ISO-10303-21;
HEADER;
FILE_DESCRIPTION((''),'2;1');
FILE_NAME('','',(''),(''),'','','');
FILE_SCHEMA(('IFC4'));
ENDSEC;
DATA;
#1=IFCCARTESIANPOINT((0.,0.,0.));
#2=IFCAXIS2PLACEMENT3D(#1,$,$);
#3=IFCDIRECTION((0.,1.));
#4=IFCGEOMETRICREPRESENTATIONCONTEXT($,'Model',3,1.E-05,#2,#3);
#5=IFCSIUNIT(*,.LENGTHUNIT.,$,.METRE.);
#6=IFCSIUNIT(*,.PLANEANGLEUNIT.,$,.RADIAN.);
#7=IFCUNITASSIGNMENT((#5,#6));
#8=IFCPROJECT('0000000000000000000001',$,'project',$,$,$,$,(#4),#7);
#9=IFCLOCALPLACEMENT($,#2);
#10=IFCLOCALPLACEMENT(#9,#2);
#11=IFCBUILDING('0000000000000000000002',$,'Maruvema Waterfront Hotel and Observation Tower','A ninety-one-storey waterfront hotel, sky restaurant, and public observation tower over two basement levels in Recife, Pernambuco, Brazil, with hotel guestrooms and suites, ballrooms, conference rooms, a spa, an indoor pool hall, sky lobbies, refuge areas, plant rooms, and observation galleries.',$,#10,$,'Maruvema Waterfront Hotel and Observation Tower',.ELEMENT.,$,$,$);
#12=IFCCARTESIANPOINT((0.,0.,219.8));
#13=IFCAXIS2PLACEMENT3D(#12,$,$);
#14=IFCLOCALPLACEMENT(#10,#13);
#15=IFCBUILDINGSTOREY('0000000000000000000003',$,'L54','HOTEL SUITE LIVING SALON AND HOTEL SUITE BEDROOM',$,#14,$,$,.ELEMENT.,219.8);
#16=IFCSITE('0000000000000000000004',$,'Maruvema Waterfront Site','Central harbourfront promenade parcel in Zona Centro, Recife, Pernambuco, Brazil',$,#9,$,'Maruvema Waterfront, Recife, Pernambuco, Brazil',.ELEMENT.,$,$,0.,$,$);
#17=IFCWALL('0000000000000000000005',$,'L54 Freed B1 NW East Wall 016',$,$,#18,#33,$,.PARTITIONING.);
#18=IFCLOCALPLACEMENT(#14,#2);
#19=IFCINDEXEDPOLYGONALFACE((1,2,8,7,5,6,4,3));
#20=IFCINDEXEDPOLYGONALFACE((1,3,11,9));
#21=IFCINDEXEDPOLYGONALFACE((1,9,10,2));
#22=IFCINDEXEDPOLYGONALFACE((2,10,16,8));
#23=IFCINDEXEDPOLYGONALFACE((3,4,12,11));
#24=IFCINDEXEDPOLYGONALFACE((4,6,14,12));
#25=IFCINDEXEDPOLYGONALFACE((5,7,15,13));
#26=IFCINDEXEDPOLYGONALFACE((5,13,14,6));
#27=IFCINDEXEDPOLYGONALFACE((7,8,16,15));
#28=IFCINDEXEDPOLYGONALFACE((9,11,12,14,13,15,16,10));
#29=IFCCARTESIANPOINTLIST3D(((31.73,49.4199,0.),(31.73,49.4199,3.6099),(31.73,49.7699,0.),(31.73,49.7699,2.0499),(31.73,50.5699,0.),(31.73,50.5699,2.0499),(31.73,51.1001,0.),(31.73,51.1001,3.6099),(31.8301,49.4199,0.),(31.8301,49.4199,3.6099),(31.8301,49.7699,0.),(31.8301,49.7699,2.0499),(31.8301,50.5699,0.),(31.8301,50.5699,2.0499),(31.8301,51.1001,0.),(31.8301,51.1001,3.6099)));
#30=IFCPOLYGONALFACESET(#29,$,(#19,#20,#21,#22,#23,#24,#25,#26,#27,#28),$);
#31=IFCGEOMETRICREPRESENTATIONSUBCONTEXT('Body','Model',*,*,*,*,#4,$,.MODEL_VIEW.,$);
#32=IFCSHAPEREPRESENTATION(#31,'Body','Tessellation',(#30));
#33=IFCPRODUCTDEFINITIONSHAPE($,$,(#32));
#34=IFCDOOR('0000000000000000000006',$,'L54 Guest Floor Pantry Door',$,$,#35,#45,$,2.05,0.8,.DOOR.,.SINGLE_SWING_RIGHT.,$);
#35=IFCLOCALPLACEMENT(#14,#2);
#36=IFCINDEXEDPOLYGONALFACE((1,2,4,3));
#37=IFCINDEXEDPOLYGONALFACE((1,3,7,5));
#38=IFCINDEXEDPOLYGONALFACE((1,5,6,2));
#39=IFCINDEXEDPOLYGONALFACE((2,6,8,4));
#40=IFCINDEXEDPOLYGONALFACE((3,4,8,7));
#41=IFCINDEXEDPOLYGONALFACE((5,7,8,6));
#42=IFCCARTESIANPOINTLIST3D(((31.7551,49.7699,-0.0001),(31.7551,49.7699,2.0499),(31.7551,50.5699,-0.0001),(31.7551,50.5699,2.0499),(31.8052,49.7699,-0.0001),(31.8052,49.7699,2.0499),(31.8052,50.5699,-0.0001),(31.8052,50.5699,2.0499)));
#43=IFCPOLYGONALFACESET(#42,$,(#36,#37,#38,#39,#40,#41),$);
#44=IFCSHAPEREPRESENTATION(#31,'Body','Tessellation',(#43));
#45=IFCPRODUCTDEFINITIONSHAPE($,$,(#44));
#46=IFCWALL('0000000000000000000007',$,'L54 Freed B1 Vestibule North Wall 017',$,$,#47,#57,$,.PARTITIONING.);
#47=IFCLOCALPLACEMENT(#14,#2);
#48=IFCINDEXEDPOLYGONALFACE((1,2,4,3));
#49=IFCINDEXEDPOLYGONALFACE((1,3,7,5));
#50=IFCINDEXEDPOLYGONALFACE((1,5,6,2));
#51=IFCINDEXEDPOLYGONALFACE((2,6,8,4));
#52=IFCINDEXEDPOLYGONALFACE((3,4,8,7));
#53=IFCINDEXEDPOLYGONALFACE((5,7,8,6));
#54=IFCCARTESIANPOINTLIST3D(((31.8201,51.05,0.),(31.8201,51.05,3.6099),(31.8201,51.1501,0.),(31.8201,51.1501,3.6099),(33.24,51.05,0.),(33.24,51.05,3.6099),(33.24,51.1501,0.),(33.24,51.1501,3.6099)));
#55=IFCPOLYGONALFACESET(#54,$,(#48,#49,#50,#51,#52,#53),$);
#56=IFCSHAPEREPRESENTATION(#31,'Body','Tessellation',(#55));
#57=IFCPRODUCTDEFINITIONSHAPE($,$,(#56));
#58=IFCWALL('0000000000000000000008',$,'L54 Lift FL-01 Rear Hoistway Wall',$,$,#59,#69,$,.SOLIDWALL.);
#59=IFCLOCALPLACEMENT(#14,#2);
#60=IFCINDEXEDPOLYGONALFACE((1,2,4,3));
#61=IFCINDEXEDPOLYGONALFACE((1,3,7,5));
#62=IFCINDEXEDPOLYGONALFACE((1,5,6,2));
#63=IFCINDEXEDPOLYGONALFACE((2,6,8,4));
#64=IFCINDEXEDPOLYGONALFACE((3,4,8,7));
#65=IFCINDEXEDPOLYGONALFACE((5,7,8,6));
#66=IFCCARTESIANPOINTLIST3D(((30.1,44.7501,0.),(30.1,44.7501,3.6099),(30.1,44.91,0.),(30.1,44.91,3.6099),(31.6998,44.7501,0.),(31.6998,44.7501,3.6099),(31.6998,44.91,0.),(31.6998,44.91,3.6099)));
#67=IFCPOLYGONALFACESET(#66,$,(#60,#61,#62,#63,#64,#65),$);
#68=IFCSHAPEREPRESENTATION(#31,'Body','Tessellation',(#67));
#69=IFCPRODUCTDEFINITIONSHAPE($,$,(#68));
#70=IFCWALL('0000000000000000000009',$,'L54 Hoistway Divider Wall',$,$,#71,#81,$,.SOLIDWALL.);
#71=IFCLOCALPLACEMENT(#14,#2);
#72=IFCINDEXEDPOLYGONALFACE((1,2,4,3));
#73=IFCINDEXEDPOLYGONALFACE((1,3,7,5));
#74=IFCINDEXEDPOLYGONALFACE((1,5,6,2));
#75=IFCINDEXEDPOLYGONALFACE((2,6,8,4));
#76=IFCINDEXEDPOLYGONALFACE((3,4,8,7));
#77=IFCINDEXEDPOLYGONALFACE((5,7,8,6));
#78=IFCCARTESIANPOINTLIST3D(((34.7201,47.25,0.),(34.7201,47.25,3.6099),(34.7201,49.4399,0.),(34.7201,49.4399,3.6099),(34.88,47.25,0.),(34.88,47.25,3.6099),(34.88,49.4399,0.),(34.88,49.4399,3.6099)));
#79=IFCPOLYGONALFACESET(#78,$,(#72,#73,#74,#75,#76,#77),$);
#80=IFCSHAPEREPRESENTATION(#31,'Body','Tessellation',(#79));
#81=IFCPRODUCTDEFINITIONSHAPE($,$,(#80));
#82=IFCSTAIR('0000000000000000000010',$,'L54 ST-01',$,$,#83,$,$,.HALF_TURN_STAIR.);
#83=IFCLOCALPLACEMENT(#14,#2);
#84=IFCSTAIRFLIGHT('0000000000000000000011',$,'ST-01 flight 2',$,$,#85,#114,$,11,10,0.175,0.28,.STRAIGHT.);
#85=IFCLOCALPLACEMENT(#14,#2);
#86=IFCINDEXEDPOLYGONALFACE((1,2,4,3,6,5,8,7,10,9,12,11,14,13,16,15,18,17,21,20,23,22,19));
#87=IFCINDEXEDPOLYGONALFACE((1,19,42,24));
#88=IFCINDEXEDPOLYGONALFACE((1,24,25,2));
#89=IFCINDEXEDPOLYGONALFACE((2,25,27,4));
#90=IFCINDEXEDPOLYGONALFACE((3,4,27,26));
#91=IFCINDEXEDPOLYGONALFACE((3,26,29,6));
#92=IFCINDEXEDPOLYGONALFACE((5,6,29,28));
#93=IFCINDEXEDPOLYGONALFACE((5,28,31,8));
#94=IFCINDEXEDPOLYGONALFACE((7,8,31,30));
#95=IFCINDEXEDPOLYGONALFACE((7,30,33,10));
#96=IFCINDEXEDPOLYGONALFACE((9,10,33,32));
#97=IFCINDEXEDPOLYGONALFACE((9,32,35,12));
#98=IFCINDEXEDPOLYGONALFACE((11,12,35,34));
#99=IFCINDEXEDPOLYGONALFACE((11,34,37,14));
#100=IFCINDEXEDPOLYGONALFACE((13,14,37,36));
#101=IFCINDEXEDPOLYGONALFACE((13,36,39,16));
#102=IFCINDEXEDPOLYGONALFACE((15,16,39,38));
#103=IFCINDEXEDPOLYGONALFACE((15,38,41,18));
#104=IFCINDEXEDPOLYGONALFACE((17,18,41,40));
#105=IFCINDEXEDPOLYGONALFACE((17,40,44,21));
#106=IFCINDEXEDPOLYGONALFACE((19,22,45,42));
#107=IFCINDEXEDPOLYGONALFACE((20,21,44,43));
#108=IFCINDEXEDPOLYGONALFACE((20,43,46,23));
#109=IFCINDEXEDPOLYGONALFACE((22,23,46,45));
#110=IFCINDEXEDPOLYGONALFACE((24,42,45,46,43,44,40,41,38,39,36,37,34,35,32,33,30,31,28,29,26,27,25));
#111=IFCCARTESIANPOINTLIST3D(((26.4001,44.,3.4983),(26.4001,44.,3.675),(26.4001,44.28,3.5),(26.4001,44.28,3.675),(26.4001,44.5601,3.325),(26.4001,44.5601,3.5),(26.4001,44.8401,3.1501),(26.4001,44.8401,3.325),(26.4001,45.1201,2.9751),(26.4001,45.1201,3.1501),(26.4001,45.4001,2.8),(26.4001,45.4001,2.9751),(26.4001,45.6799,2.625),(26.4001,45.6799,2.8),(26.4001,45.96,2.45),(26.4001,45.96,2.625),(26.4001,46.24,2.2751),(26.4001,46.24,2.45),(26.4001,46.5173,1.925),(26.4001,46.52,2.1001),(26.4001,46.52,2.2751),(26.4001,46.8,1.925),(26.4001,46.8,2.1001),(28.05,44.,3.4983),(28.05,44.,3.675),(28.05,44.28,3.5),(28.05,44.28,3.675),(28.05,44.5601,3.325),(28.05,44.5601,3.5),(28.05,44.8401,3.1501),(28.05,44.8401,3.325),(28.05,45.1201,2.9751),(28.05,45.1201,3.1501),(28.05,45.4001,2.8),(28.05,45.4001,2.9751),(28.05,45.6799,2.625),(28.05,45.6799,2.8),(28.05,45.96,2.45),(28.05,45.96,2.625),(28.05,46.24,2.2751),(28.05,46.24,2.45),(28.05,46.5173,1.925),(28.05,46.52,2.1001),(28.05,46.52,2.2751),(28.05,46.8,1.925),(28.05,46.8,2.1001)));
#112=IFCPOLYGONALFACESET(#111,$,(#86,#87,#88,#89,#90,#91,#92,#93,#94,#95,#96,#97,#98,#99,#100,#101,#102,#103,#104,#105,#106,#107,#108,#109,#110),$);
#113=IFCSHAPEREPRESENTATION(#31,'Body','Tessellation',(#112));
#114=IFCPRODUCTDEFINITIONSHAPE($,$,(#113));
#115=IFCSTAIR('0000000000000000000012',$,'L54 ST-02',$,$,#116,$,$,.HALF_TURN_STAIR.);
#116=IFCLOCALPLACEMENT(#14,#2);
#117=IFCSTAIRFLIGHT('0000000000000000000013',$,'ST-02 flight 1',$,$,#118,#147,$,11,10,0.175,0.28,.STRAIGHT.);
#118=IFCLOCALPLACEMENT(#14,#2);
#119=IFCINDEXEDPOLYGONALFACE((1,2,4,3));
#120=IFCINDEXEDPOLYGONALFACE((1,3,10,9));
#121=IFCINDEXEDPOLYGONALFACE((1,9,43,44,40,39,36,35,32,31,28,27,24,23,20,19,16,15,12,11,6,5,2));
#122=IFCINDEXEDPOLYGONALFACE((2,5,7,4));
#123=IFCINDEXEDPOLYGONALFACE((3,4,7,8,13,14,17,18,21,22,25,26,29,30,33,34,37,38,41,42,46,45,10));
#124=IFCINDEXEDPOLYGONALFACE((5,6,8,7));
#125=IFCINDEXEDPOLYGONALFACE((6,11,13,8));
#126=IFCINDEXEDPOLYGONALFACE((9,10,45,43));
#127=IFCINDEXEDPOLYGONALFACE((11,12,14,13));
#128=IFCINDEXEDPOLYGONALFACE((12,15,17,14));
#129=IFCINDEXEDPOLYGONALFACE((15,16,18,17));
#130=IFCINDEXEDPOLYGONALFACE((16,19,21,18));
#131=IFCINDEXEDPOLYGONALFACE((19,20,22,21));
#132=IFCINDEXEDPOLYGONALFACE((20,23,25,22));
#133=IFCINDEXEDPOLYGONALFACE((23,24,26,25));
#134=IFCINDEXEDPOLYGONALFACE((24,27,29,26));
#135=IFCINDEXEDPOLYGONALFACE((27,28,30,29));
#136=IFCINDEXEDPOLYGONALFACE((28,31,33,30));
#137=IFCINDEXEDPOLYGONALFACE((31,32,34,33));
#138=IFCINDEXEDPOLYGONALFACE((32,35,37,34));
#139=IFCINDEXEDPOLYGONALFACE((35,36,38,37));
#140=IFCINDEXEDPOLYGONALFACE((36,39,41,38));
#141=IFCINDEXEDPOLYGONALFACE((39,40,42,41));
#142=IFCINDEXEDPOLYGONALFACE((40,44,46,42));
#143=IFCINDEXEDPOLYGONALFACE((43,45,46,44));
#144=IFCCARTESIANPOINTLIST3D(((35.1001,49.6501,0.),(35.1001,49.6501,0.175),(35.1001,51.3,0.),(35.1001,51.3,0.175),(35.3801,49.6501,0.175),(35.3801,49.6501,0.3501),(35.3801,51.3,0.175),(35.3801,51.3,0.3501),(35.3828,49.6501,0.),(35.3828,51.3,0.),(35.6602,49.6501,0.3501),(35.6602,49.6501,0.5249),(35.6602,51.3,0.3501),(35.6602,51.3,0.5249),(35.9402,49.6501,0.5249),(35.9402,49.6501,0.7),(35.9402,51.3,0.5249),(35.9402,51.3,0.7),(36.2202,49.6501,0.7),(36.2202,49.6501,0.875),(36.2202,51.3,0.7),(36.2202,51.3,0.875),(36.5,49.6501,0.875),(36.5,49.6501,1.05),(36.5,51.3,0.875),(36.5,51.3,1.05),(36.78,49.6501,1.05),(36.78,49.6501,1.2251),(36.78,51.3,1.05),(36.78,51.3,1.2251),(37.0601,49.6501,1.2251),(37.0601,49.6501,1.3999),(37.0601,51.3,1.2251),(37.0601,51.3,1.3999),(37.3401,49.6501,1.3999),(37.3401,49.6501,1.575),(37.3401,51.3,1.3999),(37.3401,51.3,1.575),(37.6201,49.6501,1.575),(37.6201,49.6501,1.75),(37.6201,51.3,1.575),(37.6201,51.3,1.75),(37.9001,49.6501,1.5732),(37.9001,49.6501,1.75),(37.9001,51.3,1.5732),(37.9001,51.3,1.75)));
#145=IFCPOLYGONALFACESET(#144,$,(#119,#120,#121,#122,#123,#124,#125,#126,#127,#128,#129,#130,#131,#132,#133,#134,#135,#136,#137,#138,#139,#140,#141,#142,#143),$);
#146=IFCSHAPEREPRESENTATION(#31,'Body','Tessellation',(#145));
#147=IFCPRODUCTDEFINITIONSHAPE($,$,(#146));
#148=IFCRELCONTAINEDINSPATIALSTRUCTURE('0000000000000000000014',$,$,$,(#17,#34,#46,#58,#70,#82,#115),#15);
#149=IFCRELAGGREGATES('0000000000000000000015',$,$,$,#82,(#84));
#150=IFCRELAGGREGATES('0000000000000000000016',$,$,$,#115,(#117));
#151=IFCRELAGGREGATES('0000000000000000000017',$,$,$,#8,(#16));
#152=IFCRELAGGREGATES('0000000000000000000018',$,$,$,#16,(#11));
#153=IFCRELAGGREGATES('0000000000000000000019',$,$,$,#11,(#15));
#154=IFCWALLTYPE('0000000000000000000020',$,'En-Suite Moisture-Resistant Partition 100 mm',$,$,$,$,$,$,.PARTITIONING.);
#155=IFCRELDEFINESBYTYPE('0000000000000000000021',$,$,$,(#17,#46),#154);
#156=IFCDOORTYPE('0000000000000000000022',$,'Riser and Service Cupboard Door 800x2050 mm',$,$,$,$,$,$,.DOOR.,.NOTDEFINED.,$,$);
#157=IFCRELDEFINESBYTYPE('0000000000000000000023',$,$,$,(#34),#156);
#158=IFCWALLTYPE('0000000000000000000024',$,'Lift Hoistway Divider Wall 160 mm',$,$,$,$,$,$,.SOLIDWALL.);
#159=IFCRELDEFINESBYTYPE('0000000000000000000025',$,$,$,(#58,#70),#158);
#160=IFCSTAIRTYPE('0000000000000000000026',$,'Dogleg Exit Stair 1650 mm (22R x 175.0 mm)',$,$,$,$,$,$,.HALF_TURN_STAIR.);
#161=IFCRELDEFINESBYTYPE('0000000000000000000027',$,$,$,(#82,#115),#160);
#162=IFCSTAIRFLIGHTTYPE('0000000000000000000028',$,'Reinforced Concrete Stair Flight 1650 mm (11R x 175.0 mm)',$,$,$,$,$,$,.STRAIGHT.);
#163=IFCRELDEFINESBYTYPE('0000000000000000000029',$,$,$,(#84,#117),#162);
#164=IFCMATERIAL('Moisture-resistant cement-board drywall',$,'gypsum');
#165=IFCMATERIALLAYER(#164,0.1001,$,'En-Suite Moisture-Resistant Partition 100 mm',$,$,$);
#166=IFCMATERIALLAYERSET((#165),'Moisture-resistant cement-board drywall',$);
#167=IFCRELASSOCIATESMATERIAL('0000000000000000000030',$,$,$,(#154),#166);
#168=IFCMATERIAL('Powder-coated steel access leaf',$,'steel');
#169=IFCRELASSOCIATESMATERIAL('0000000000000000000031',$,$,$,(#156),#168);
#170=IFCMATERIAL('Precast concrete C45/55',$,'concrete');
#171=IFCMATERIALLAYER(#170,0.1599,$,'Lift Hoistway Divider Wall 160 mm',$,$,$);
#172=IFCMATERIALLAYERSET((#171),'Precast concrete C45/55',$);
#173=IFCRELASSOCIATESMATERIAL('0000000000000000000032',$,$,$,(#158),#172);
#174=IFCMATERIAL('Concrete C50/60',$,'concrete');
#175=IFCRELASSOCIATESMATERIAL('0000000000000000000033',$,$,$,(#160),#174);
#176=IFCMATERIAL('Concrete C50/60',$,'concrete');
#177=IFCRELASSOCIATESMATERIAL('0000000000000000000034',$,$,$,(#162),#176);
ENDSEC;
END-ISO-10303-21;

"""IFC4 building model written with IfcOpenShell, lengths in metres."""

from ifc_helpers import new_model, si_unit, direction, frame, frame_2d, origin, place, context, subcontext, project, spatial, polyline, rectangle, outline, extrude, material, layer, layer_set, type_object, element, fill, aggregate, save


model = new_model("IFC4")

# Units and contexts
model_context = context("Model", 3, precision=1e-05, world=origin(), true_north=direction((0.0, 1.0)))
body_context = subcontext(model_context, "Body", "Model", "MODEL_VIEW")
ifc_project = project(units=[si_unit("LENGTHUNIT", "METRE"), si_unit("PLANEANGLEUNIT", "RADIAN")], contexts=[model_context])

# Site, building, storey
site_placement = place(None, origin())
site = spatial("IfcSite", under=ifc_project, at=site_placement, Name="Maruvema Waterfront Site", Description="Central harbourfront promenade parcel in Zona Centro, Recife, Pernambuco, Brazil", LongName="Maruvema Waterfront, Recife, Pernambuco, Brazil", CompositionType="ELEMENT", RefElevation=0.0)
building_placement = place(site_placement, origin())
building = spatial("IfcBuilding", under=site, at=building_placement, Name="Maruvema Waterfront Hotel and Observation Tower", Description="A ninety-one-storey waterfront hotel, sky restaurant, and public observation tower over two basement levels in Recife, Pernambuco, Brazil, with hotel guestrooms and suites, ballrooms, conference rooms, a spa, an indoor pool hall, sky lobbies, refuge areas, plant rooms, and observation galleries.", LongName="Maruvema Waterfront Hotel and Observation Tower", CompositionType="ELEMENT")
storey_placement = place(building_placement, frame((0.0, 0.0, 219.8)))
storey = spatial("IfcBuildingStorey", under=building, at=storey_placement, Name="L54", Description="HOTEL SUITE LIVING SALON AND HOTEL SUITE BEDROOM", CompositionType="ELEMENT", Elevation=219.8)

# Shared definitions
ifc_material_1 = material(Name="Moisture-resistant cement-board drywall", Category="gypsum")
ifc_layer_1 = layer(ifc_material_1, 0.1001, Name="En-Suite Moisture-Resistant Partition 100 mm")
ifc_layer_set_1 = layer_set([ifc_layer_1], Name="Moisture-resistant cement-board drywall")
wall_type_1 = type_object("IfcWallType", Name="En-Suite Moisture-Resistant Partition 100 mm", PredefinedType="PARTITIONING", material=ifc_layer_set_1)

# Wall, opening, door
ifc_material_2 = material(Name="Powder-coated steel access leaf", Category="steel")
door_type_1 = type_object("IfcDoorType", Name="Riser and Service Cupboard Door 800x2050 mm", OperationType="NOTDEFINED", PredefinedType="DOOR", material=ifc_material_2)
wall_1_placement = place(storey_placement, frame((31.78, 49.4199, 0.0), z_axis=(0.0, 0.0, 1.0), x_axis=(0.0, 1.0, 0.0)))
wall_1 = element("IfcWall", 1, at=wall_1_placement, inside=storey, type_object=wall_type_1, Name="L54 Freed B1 NW East Wall 016", PredefinedType="PARTITIONING", context=body_context, shape_type="SweptSolid", body=[
    extrude(rectangle(XDim=1.6802, YDim=0.1001, at=frame_2d((0.8401, 0.0))), origin(), (0.0, 0.0, 1.0), 3.6099),
])
opening_1_placement = place(wall_1_placement, frame((0.3501, 0.0, 0.0)))
opening_1 = element("IfcOpeningElement", 2, at=opening_1_placement, cuts=wall_1, PredefinedType="OPENING", context=body_context, shape_type="SweptSolid", body=[
    extrude(rectangle(XDim=0.8, YDim=2.05, at=frame_2d((0.3999, 1.0249))), frame((0.0, 0.0601, 0.0), z_axis=(0.0, -1.0, 0.0), x_axis=(1.0, 0.0, 0.0)), (0.0, 0.0, 1.0), 0.1201),
])
door_1_placement = place(opening_1_placement, origin())
door_1 = element("IfcDoor", 3, at=door_1_placement, inside=storey, type_object=door_type_1, Name="L54 Guest Floor Pantry Door", OperationType="SINGLE_SWING_RIGHT", OverallHeight=2.05, OverallWidth=0.8, PredefinedType="DOOR", context=body_context, shape_type="SweptSolid", body=[
    extrude(rectangle(XDim=0.8, YDim=2.05, at=frame_2d((0.3999, 1.0249))), frame((0.0, 0.0249, 0.0), z_axis=(0.0, -1.0, 0.0), x_axis=(1.0, 0.0, 0.0)), (0.0, 0.0, 1.0), 0.05),
])
fill(opening_1, door_1)

# Walls
wall_2_placement = place(storey_placement, frame((31.8201, 51.1001, 0.0), z_axis=(0.0, 0.0, 1.0), x_axis=(1.0, 0.0, 0.0)))
element("IfcWall", 4, at=wall_2_placement, inside=storey, type_object=wall_type_1, Name="L54 Freed B1 Vestibule North Wall 017", PredefinedType="PARTITIONING", context=body_context, shape_type="SweptSolid", body=[
    extrude(rectangle(XDim=1.4199, YDim=0.1001, at=frame_2d((0.71, 0.0))), origin(), (0.0, 0.0, 1.0), 3.6099),
])
ifc_material_3 = material(Name="Precast concrete C45/55", Category="concrete")
ifc_layer_2 = layer(ifc_material_3, 0.1599, Name="Lift Hoistway Divider Wall 160 mm")
ifc_layer_set_2 = layer_set([ifc_layer_2], Name="Precast concrete C45/55")
wall_type_2 = type_object("IfcWallType", Name="Lift Hoistway Divider Wall 160 mm", PredefinedType="SOLIDWALL", material=ifc_layer_set_2)
wall_3_placement = place(storey_placement, frame((30.1001, 44.8301, 0.0), z_axis=(0.0, 0.0, 1.0), x_axis=(1.0, 0.0, 0.0)))
element("IfcWall", 5, at=wall_3_placement, inside=storey, type_object=wall_type_2, Name="L54 Lift FL-01 Rear Hoistway Wall", PredefinedType="SOLIDWALL", context=body_context, shape_type="SweptSolid", body=[
    extrude(rectangle(XDim=1.5999, YDim=0.1599, at=frame_2d((0.7998, 0.0))), origin(), (0.0, 0.0, 1.0), 3.6099),
])
wall_4_placement = place(storey_placement, frame((34.8, 47.25, 0.0), z_axis=(0.0, 0.0, 1.0), x_axis=(0.0, 1.0, 0.0)))
element("IfcWall", 6, at=wall_4_placement, inside=storey, type_object=wall_type_2, Name="L54 Hoistway Divider Wall", PredefinedType="SOLIDWALL", context=body_context, shape_type="SweptSolid", body=[
    extrude(rectangle(XDim=2.1899, YDim=0.1599, at=frame_2d((1.095, 0.0))), origin(), (0.0, 0.0, 1.0), 3.6099),
])

# Stairs, stair flights
ifc_material_4 = material(Name="Concrete C50/60", Category="concrete")
stair_type = type_object("IfcStairType", Name="Dogleg Exit Stair 1650 mm (22R x 175.0 mm)", PredefinedType="HALF_TURN_STAIR", material=ifc_material_4)
stair_1_placement = place(storey_placement, origin())
stair_1 = element("IfcStair", 7, at=stair_1_placement, inside=storey, type_object=stair_type, Name="L54 ST-01", PredefinedType="HALF_TURN_STAIR")
ifc_material_5 = material(Name="Concrete C50/60", Category="concrete")
stair_flight_type = type_object("IfcStairFlightType", Name="Reinforced Concrete Stair Flight 1650 mm (11R x 175.0 mm)", PredefinedType="STRAIGHT", material=ifc_material_5)
stair_flight_1_placement = place(storey_placement, frame((27.2251, 46.8, 1.925), z_axis=(0.0, 0.0, 1.0), x_axis=(0.0, -1.0, 0.0)))
stair_flight_1 = element("IfcStairFlight", 8, at=stair_flight_1_placement, type_object=stair_flight_type, Name="ST-01 flight 2", NumberOfRisers=11, NumberOfTreads=10, PredefinedType="STRAIGHT", RiserHeight=0.175, TreadLength=0.28, context=body_context, shape_type="SweptSolid", body=[
    extrude(outline(polyline([(0.0, 0.0), (0.0, 0.175), (0.28, 0.175), (0.28, 0.3501), (0.5601, 0.3501), (0.5601, 0.5249), (0.8401, 0.5249), (0.8401, 0.7), (1.1201, 0.7), (1.1201, 0.875), (1.3999, 0.875), (1.3999, 1.05), (1.6799, 1.05), (1.6799, 1.2251), (1.96, 1.2251), (1.96, 1.3999), (2.24, 1.3999), (2.24, 1.575), (2.52, 1.575), (2.52, 1.75), (2.8, 1.75), (2.8, 1.925), (2.8, 1.5732), (0.2827, 0.0), (0.0, 0.0)])), frame((0.0, 0.825, 0.0), z_axis=(0.0, -1.0, 0.0), x_axis=(1.0, 0.0, 0.0)), (0.0, 0.0, 1.0), 1.6499),
])
aggregate(stair_1, [stair_flight_1])
stair_2_placement = place(storey_placement, origin())
stair_2 = element("IfcStair", 9, at=stair_2_placement, inside=storey, type_object=stair_type, Name="L54 ST-02", PredefinedType="HALF_TURN_STAIR")
stair_flight_2_placement = place(storey_placement, frame((35.1001, 50.4751, 0.0), z_axis=(0.0, 0.0, 1.0), x_axis=(1.0, 0.0, 0.0)))
stair_flight_2 = element("IfcStairFlight", 10, at=stair_flight_2_placement, type_object=stair_flight_type, Name="ST-02 flight 1", NumberOfRisers=11, NumberOfTreads=10, PredefinedType="STRAIGHT", RiserHeight=0.175, TreadLength=0.28, context=body_context, shape_type="SweptSolid", body=[
    extrude(outline(polyline([(0.0, 0.0), (0.0, 0.175), (0.28, 0.175), (0.28, 0.3501), (0.5601, 0.3501), (0.5601, 0.5249), (0.8401, 0.5249), (0.8401, 0.7), (1.1201, 0.7), (1.1201, 0.875), (1.3999, 0.875), (1.3999, 1.05), (1.6799, 1.05), (1.6799, 1.2251), (1.96, 1.2251), (1.96, 1.3999), (2.24, 1.3999), (2.24, 1.575), (2.52, 1.575), (2.52, 1.75), (2.8, 1.75), (2.8, 1.925), (2.8, 1.5732), (0.2827, 0.0), (0.0, 0.0)])), frame((0.0, 0.825, 0.0), z_axis=(0.0, -1.0, 0.0), x_axis=(1.0, 0.0, 0.0)), (0.0, 0.0, 1.0), 1.6499),
])
aggregate(stair_2, [stair_flight_2])

save(model, "model.ifc")
